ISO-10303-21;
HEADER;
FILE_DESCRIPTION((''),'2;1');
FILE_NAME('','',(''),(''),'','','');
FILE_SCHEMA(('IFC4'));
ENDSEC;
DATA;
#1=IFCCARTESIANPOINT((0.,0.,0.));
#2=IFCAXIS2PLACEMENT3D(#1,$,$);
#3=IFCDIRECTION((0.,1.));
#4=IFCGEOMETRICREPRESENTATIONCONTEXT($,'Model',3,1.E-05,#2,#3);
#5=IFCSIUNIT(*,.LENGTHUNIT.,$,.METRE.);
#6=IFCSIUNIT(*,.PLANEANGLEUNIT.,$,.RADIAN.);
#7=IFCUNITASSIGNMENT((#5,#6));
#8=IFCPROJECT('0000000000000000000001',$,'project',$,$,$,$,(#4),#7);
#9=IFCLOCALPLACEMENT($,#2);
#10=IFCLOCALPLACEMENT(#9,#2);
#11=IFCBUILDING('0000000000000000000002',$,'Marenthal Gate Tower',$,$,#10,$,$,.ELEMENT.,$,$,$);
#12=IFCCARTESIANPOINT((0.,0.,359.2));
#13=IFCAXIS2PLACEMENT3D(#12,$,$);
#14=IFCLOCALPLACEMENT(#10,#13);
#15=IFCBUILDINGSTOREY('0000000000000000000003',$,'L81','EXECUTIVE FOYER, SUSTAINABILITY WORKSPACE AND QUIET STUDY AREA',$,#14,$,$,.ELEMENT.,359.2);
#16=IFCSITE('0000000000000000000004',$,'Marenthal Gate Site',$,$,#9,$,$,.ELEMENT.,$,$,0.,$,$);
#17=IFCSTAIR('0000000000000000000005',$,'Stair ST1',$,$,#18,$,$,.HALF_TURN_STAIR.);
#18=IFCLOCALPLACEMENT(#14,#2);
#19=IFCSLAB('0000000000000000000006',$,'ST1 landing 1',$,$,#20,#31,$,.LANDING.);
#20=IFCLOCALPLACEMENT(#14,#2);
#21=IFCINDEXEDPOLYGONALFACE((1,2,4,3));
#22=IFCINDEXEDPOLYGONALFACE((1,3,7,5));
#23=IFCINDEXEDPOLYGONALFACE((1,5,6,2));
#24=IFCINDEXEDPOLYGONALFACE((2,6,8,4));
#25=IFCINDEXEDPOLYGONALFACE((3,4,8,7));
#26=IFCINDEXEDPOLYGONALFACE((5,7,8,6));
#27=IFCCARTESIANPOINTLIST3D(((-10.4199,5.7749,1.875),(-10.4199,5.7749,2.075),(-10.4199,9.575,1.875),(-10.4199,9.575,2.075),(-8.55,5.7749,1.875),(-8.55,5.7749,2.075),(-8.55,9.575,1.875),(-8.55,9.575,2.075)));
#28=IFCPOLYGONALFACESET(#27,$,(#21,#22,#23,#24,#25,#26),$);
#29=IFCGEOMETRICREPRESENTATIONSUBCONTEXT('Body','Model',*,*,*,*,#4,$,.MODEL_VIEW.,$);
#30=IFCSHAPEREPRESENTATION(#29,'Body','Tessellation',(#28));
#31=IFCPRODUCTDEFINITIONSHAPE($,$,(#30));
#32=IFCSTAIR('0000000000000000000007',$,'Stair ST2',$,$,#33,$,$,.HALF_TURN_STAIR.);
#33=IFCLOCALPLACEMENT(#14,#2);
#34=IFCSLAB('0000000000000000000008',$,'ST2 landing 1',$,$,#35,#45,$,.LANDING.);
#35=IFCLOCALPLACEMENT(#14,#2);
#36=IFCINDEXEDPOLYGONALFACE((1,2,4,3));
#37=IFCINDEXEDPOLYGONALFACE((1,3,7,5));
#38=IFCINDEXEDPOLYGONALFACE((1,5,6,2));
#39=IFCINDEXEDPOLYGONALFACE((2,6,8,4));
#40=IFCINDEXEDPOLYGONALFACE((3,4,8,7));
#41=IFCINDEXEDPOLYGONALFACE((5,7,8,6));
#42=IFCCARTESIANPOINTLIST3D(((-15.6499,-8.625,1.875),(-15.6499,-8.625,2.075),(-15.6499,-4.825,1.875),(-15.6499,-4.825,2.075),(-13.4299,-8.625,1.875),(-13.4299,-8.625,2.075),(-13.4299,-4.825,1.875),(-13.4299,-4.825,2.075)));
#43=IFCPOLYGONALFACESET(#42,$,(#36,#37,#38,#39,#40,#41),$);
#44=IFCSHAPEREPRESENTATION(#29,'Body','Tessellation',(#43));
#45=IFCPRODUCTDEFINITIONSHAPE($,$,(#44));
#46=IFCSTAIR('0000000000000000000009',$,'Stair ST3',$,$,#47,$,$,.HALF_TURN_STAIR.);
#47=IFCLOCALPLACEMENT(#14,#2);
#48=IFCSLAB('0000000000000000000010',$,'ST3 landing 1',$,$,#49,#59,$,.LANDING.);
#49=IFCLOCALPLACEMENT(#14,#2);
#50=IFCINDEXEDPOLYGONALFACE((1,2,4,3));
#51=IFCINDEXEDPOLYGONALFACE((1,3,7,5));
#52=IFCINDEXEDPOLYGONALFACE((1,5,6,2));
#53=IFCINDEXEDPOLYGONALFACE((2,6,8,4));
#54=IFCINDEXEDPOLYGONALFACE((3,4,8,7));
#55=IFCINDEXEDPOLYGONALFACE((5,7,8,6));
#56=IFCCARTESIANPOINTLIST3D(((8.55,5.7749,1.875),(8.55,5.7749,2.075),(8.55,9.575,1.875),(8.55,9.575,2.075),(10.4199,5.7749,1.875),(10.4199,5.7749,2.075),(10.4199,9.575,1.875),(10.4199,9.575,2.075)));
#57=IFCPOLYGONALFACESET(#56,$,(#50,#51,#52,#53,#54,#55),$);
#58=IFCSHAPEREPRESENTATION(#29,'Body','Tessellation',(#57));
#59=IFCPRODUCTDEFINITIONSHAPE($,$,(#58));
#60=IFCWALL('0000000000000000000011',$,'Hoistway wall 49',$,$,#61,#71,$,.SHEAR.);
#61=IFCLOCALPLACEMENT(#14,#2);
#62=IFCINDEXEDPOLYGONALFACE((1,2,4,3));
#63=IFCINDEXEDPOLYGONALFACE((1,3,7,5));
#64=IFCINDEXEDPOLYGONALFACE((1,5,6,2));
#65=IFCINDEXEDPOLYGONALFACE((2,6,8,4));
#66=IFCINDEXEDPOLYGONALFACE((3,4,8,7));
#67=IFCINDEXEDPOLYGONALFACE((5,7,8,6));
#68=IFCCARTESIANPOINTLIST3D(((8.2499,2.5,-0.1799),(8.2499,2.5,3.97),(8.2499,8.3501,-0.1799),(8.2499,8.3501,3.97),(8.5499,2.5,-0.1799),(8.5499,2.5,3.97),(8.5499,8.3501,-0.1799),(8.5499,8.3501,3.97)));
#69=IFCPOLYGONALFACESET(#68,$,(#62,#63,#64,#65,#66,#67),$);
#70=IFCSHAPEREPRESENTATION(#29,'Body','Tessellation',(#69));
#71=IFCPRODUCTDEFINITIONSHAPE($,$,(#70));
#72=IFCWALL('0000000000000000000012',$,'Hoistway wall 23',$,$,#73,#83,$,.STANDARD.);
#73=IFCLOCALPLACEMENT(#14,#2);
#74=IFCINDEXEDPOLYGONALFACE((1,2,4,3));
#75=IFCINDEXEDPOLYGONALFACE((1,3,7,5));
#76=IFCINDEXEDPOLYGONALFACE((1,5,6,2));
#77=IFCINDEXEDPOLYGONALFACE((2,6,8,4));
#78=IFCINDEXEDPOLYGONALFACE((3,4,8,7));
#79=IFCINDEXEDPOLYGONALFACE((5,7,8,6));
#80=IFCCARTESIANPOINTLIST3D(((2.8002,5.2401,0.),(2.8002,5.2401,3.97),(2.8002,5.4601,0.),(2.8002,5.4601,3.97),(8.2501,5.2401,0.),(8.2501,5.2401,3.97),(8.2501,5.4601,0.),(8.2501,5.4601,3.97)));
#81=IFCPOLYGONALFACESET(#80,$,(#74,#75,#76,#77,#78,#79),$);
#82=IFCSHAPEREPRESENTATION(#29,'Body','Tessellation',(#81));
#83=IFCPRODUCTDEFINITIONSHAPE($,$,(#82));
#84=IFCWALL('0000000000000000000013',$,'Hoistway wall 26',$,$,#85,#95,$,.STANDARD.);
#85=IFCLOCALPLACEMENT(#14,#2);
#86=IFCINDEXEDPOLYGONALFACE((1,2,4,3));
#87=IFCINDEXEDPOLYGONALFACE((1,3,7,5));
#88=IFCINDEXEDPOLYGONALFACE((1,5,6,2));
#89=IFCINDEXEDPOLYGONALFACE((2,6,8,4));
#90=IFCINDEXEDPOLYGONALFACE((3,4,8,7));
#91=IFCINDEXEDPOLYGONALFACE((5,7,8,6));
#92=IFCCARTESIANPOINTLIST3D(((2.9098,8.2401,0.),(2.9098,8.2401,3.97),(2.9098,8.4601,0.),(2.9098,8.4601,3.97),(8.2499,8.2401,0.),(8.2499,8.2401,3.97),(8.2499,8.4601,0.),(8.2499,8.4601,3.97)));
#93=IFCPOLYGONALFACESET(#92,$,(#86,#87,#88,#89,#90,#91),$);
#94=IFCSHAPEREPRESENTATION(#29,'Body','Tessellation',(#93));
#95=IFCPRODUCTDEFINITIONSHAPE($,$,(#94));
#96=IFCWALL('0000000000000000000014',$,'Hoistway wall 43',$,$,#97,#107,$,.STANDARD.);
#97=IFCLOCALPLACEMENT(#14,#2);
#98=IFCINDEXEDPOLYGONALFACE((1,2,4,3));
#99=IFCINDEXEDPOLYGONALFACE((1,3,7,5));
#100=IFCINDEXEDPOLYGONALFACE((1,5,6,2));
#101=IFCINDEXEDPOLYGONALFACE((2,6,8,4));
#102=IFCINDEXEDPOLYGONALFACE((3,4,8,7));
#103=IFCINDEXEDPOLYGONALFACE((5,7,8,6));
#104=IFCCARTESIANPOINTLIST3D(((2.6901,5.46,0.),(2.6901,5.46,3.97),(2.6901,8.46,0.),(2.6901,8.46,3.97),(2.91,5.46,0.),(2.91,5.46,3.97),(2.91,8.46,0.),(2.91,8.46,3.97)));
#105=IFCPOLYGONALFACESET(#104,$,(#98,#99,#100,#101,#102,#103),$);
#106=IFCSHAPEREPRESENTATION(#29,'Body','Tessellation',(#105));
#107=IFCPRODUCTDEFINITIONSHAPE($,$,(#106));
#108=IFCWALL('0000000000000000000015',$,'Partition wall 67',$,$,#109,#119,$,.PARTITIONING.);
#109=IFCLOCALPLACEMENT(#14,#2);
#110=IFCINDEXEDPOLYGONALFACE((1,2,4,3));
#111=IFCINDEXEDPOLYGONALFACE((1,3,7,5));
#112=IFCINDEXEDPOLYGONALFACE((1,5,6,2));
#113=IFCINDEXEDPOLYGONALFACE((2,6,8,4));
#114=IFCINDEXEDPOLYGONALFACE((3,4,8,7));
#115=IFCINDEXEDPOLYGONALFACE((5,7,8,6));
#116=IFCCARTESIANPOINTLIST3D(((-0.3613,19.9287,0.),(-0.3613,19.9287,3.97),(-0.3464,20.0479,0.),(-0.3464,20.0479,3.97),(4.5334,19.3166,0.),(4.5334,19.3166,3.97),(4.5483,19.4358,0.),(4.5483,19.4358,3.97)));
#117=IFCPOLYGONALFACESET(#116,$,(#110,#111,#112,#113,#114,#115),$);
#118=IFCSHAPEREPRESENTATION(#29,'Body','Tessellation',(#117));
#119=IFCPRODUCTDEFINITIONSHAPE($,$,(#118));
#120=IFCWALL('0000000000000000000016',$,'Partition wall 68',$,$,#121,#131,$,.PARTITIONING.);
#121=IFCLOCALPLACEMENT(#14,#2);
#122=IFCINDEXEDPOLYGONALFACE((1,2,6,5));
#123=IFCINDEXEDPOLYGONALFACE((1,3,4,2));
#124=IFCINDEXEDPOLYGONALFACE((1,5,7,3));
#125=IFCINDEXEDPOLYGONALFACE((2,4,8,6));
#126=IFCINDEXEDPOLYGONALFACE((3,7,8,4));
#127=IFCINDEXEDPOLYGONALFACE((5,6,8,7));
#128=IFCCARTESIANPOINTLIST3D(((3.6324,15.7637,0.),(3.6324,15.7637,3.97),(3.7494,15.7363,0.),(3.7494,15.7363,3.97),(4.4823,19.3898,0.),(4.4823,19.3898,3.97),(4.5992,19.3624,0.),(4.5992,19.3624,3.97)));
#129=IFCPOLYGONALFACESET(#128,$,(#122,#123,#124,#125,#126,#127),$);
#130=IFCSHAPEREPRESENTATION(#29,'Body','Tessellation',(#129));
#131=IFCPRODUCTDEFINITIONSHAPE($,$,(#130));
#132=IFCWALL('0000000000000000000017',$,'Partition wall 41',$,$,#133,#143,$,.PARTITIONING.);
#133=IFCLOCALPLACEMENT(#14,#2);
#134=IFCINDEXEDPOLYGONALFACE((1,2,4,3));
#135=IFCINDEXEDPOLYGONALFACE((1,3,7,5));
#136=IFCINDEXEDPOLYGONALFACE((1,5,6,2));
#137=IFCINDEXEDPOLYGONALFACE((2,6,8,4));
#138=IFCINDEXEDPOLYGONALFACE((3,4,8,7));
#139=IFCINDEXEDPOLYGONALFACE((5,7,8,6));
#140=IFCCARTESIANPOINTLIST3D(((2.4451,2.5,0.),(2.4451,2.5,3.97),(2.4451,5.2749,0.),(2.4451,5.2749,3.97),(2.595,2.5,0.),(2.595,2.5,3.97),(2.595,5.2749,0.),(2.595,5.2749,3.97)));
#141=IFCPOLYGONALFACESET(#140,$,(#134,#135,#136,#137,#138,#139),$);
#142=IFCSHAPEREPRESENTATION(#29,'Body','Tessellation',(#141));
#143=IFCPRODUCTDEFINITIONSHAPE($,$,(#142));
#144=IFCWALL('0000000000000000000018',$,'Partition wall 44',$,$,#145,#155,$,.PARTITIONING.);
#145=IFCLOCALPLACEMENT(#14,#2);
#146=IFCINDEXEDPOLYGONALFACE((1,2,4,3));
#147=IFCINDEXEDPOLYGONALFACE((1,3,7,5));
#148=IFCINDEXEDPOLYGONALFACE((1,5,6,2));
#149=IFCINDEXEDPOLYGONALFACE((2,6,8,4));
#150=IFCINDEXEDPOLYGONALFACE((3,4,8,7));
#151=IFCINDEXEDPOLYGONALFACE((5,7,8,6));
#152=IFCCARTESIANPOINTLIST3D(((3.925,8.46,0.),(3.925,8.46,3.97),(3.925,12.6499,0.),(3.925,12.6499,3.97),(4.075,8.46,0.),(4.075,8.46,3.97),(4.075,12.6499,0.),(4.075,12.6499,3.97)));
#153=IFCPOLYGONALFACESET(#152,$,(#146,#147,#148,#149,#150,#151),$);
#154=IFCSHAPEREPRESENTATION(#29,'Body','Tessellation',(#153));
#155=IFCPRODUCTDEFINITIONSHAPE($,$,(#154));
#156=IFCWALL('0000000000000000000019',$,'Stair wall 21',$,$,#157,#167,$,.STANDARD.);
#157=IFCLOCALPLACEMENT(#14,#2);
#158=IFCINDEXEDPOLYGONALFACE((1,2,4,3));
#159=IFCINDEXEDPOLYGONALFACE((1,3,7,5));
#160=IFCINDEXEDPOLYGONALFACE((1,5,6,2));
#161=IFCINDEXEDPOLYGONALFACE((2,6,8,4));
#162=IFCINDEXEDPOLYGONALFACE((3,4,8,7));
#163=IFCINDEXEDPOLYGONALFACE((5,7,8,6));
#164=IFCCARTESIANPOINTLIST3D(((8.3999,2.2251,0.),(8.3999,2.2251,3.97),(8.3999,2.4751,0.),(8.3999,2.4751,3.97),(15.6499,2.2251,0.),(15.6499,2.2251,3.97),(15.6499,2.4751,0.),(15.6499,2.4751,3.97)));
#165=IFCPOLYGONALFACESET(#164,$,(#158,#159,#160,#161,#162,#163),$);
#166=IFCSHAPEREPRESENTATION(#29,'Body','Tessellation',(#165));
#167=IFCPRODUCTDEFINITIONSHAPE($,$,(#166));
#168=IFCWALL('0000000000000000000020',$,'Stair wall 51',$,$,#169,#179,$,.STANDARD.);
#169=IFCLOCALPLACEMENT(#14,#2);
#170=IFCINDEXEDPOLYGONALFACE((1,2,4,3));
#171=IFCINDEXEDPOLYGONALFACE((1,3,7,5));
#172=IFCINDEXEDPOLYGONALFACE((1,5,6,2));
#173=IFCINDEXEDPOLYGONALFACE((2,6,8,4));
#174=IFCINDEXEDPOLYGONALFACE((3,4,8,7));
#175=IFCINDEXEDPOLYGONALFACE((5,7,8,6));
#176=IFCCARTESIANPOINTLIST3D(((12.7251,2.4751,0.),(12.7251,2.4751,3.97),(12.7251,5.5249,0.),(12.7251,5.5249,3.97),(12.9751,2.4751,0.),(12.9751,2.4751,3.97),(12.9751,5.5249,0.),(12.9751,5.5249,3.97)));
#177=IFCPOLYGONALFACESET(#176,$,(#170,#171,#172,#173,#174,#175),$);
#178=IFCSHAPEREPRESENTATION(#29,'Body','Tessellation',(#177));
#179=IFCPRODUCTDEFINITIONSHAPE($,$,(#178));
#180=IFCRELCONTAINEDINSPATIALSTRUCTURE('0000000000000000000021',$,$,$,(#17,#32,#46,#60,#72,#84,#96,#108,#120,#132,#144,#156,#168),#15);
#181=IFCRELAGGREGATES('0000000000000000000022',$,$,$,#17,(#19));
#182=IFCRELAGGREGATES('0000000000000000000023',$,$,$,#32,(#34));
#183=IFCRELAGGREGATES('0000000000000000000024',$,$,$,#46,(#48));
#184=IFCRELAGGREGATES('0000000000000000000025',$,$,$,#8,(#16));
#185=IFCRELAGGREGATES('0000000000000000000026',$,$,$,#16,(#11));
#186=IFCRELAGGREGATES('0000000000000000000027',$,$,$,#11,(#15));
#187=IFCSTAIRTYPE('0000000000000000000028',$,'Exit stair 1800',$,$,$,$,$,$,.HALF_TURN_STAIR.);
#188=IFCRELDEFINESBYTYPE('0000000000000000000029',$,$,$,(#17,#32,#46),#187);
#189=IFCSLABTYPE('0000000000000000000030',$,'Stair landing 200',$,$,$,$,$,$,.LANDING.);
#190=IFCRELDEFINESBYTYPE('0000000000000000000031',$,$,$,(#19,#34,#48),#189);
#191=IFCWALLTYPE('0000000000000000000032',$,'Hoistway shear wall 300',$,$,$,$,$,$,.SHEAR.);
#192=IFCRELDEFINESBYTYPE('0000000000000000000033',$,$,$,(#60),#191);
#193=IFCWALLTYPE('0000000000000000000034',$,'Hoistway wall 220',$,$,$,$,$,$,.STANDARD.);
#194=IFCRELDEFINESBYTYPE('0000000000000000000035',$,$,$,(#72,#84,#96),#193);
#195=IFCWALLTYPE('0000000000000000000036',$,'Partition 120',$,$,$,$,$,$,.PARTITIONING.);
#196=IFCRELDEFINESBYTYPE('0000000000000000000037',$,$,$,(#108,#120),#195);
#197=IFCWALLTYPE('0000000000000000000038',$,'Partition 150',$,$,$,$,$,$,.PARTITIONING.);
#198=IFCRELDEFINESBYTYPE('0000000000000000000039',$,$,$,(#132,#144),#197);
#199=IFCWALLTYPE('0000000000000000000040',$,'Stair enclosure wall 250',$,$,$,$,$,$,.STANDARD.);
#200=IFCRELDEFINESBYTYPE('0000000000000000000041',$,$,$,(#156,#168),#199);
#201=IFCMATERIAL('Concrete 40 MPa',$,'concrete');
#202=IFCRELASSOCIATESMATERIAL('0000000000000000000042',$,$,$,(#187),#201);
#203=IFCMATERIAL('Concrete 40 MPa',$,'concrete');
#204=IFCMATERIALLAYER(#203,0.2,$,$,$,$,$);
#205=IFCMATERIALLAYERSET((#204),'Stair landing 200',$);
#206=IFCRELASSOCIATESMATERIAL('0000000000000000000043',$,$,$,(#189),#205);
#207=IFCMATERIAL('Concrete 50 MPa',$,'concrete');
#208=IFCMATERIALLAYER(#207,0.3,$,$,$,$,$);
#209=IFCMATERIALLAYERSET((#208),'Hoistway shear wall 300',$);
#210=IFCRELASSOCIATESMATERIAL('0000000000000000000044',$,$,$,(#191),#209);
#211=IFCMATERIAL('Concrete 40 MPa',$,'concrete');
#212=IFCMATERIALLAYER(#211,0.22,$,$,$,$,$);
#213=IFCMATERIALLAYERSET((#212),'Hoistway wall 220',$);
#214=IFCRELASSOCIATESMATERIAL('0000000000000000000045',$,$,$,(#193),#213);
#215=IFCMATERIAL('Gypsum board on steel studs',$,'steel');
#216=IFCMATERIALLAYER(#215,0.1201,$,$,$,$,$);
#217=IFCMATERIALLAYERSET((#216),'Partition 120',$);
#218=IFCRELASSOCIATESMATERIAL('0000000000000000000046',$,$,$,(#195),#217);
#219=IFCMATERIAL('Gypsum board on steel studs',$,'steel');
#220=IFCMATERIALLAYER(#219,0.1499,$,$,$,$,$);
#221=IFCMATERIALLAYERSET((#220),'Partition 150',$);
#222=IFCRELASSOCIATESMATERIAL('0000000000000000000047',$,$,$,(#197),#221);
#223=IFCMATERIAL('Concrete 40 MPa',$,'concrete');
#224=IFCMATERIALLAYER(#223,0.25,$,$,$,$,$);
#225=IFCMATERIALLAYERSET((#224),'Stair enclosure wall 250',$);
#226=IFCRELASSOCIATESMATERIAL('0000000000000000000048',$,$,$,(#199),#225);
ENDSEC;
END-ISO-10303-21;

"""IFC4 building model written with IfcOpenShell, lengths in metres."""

from ifc_helpers import new_model, si_unit, direction, frame, frame_2d, origin, place, context, subcontext, project, spatial, polyline, rectangle, outline, extrude, material, layer, layer_set, type_object, element, aggregate, save


model = new_model("IFC4")

# Units and contexts
model_context = context("Model", 3, precision=1e-05, world=origin(), true_north=direction((0.0, 1.0)))
body_context = subcontext(model_context, "Body", "Model", "MODEL_VIEW")
ifc_project = project(units=[si_unit("LENGTHUNIT", "METRE"), si_unit("PLANEANGLEUNIT", "RADIAN")], contexts=[model_context])

# Site, building, storey
site_placement = place(None, origin())
site = spatial("IfcSite", under=ifc_project, at=site_placement, Name="Marenthal Gate Site", CompositionType="ELEMENT", RefElevation=0.0)
building_placement = place(site_placement, origin())
building = spatial("IfcBuilding", under=site, at=building_placement, Name="Marenthal Gate Tower", CompositionType="ELEMENT")
storey_placement = place(building_placement, frame((0.0, 0.0, 359.2)))
storey = spatial("IfcBuildingStorey", under=building, at=storey_placement, Name="L81", Description="EXECUTIVE FOYER, SUSTAINABILITY WORKSPACE AND QUIET STUDY AREA", CompositionType="ELEMENT", Elevation=359.2)

# Stairs, slabs
ifc_material_1 = material(Name="Concrete 40 MPa", Category="concrete")
stair_type = type_object("IfcStairType", Name="Exit stair 1800", PredefinedType="HALF_TURN_STAIR", material=ifc_material_1)
stair_1_placement = place(storey_placement, origin())
stair_1 = element("IfcStair", 1, at=stair_1_placement, inside=storey, type_object=stair_type, Name="Stair ST1", PredefinedType="HALF_TURN_STAIR")
ifc_material_2 = material(Name="Concrete 40 MPa", Category="concrete")
ifc_layer_1 = layer(ifc_material_2, 0.2)
ifc_layer_set_1 = layer_set([ifc_layer_1], Name="Stair landing 200")
slab_type_1 = type_object("IfcSlabType", Name="Stair landing 200", PredefinedType="LANDING", material=ifc_layer_set_1)
slab_1_placement = place(storey_placement, frame((0.0, 0.0, 1.875)))
slab_1 = element("IfcSlab", 2, at=slab_1_placement, type_object=slab_type_1, Name="ST1 landing 1", PredefinedType="LANDING", context=body_context, shape_type="SweptSolid", body=[
    extrude(outline(polyline([(-10.4199, 5.7749), (-8.55, 5.7749), (-8.55, 9.575), (-10.4199, 9.575), (-10.4199, 5.7749)])), origin(), (0.0, 0.0, 1.0), 0.2),
])
aggregate(stair_1, [slab_1])
stair_2_placement = place(storey_placement, origin())
stair_2 = element("IfcStair", 3, at=stair_2_placement, inside=storey, type_object=stair_type, Name="Stair ST2", PredefinedType="HALF_TURN_STAIR")
slab_2_placement = place(storey_placement, frame((0.0, 0.0, 1.875)))
slab_2 = element("IfcSlab", 4, at=slab_2_placement, type_object=slab_type_1, Name="ST2 landing 1", PredefinedType="LANDING", context=body_context, shape_type="SweptSolid", body=[
    extrude(outline(polyline([(-15.6499, -8.625), (-13.4299, -8.625), (-13.4299, -4.825), (-15.6499, -4.825), (-15.6499, -8.625)])), origin(), (0.0, 0.0, 1.0), 0.2),
])
aggregate(stair_2, [slab_2])
stair_3_placement = place(storey_placement, origin())
stair_3 = element("IfcStair", 5, at=stair_3_placement, inside=storey, type_object=stair_type, Name="Stair ST3", PredefinedType="HALF_TURN_STAIR")
slab_3_placement = place(storey_placement, frame((0.0, 0.0, 1.875)))
slab_3 = element("IfcSlab", 6, at=slab_3_placement, type_object=slab_type_1, Name="ST3 landing 1", PredefinedType="LANDING", context=body_context, shape_type="SweptSolid", body=[
    extrude(outline(polyline([(8.55, 5.7749), (10.4199, 5.7749), (10.4199, 9.575), (8.55, 9.575), (8.55, 5.7749)])), origin(), (0.0, 0.0, 1.0), 0.2),
])

# Walls
ifc_material_3 = material(Name="Concrete 50 MPa", Category="concrete")
ifc_layer_2 = layer(ifc_material_3, 0.3)
ifc_layer_set_2 = layer_set([ifc_layer_2], Name="Hoistway shear wall 300")
wall_type_1 = type_object("IfcWallType", Name="Hoistway shear wall 300", PredefinedType="SHEAR", material=ifc_layer_set_2)
wall_1_placement = place(storey_placement, frame((8.3999, 2.5, -0.1799), z_axis=(0.0, 0.0, 1.0), x_axis=(0.0, 1.0, 0.0)))
element("IfcWall", 7, at=wall_1_placement, inside=storey, type_object=wall_type_1, Name="Hoistway wall 49", PredefinedType="SHEAR", context=body_context, shape_type="SweptSolid", body=[
    extrude(rectangle(XDim=5.8501, YDim=0.3, at=frame_2d((2.925, 0.0))), origin(), (0.0, 0.0, 1.0), 4.1499),
])
ifc_material_4 = material(Name="Concrete 40 MPa", Category="concrete")
ifc_layer_3 = layer(ifc_material_4, 0.22)
ifc_layer_set_3 = layer_set([ifc_layer_3], Name="Hoistway wall 220")
wall_type_2 = type_object("IfcWallType", Name="Hoistway wall 220", PredefinedType="STANDARD", material=ifc_layer_set_3)
wall_2_placement = place(storey_placement, frame((2.8, 5.3501, 0.0), z_axis=(0.0, 0.0, 1.0), x_axis=(1.0, 0.0, 0.0)))
element("IfcWall", 8, at=wall_2_placement, inside=storey, type_object=wall_type_2, Name="Hoistway wall 23", PredefinedType="STANDARD", context=body_context, shape_type="SweptSolid", body=[
    extrude(rectangle(XDim=5.45, YDim=0.22, at=frame_2d((2.7251, 0.0))), origin(), (0.0, 0.0, 1.0), 3.97),
])
wall_3_placement = place(storey_placement, frame((2.9099, 8.3501, 0.0), z_axis=(0.0, 0.0, 1.0), x_axis=(1.0, 0.0, 0.0)))
element("IfcWall", 9, at=wall_3_placement, inside=storey, type_object=wall_type_2, Name="Hoistway wall 26", PredefinedType="STANDARD", context=body_context, shape_type="SweptSolid", body=[
    extrude(rectangle(XDim=5.3401, YDim=0.22, at=frame_2d((2.6699, 0.0))), origin(), (0.0, 0.0, 1.0), 3.97),
])
wall_4_placement = place(storey_placement, frame((2.8, 5.46, 0.0), z_axis=(0.0, 0.0, 1.0), x_axis=(0.0, 1.0, 0.0)))
element("IfcWall", 10, at=wall_4_placement, inside=storey, type_object=wall_type_2, Name="Hoistway wall 43", PredefinedType="STANDARD", context=body_context, shape_type="SweptSolid", body=[
    extrude(rectangle(XDim=3.0, YDim=0.22, at=frame_2d((1.5, 0.0))), origin(), (0.0, 0.0, 1.0), 3.97),
])
ifc_material_5 = material(Name="Gypsum board on steel studs", Category="steel")
ifc_layer_4 = layer(ifc_material_5, 0.1201)
ifc_layer_set_4 = layer_set([ifc_layer_4], Name="Partition 120")
wall_type_3 = type_object("IfcWallType", Name="Partition 120", PredefinedType="PARTITIONING", material=ifc_layer_set_4)
wall_5_placement = place(storey_placement, frame((4.5408, 19.3762, 0.0), z_axis=(0.0, 0.0, 1.0), x_axis=(-0.992273, 0.124077, 0.0)))
element("IfcWall", 11, at=wall_5_placement, inside=storey, type_object=wall_type_3, Name="Partition wall 67", PredefinedType="PARTITIONING", context=body_context, shape_type="SweptSolid", body=[
    extrude(rectangle(XDim=4.9329, YDim=0.1201, at=frame_2d((2.4663, 0.0))), origin(), (0.0, 0.0, 1.0), 3.97),
])
wall_6_placement = place(storey_placement, frame((4.5408, 19.3762, 0.0), z_axis=(0.0, 0.0, 1.0), x_axis=(-0.228181, -0.973619, 0.0)))
element("IfcWall", 12, at=wall_6_placement, inside=storey, type_object=wall_type_3, Name="Partition wall 68", PredefinedType="PARTITIONING", context=body_context, shape_type="SweptSolid", body=[
    extrude(rectangle(XDim=3.7244, YDim=0.1201, at=frame_2d((1.8623, 0.0))), origin(), (0.0, 0.0, 1.0), 3.97),
])
ifc_material_6 = material(Name="Gypsum board on steel studs", Category="steel")
ifc_layer_5 = layer(ifc_material_6, 0.1499)
ifc_layer_set_5 = layer_set([ifc_layer_5], Name="Partition 150")
wall_type_4 = type_object("IfcWallType", Name="Partition 150", PredefinedType="PARTITIONING", material=ifc_layer_set_5)
wall_7_placement = place(storey_placement, frame((2.52, 2.5, 0.0), z_axis=(0.0, 0.0, 1.0), x_axis=(0.0, 1.0, 0.0)))
element("IfcWall", 13, at=wall_7_placement, inside=storey, type_object=wall_type_4, Name="Partition wall 41", PredefinedType="PARTITIONING", context=body_context, shape_type="SweptSolid", body=[
    extrude(rectangle(XDim=2.7749, YDim=0.1499, at=frame_2d((1.3875, 0.0))), origin(), (0.0, 0.0, 1.0), 3.97),
])
wall_8_placement = place(storey_placement, frame((4.0, 8.46, 0.0), z_axis=(0.0, 0.0, 1.0), x_axis=(0.0, 1.0, 0.0)))
element("IfcWall", 14, at=wall_8_placement, inside=storey, type_object=wall_type_4, Name="Partition wall 44", PredefinedType="PARTITIONING", context=body_context, shape_type="SweptSolid", body=[
    extrude(rectangle(XDim=4.1899, YDim=0.1499, at=frame_2d((2.095, 0.0))), origin(), (0.0, 0.0, 1.0), 3.97),
])
ifc_material_7 = material(Name="Concrete 40 MPa", Category="concrete")
ifc_layer_6 = layer(ifc_material_7, 0.25)
ifc_layer_set_6 = layer_set([ifc_layer_6], Name="Stair enclosure wall 250")
wall_type_5 = type_object("IfcWallType", Name="Stair enclosure wall 250", PredefinedType="STANDARD", material=ifc_layer_set_6)
wall_9_placement = place(storey_placement, frame((8.3999, 2.3501, 0.0), z_axis=(0.0, 0.0, 1.0), x_axis=(1.0, 0.0, 0.0)))
element("IfcWall", 15, at=wall_9_placement, inside=storey, type_object=wall_type_5, Name="Stair wall 21", PredefinedType="STANDARD", context=body_context, shape_type="SweptSolid", body=[
    extrude(rectangle(XDim=7.25, YDim=0.25, at=frame_2d((3.625, 0.0))), origin(), (0.0, 0.0, 1.0), 3.97),
])
wall_10_placement = place(storey_placement, frame((12.8501, 2.4751, 0.0), z_axis=(0.0, 0.0, 1.0), x_axis=(0.0, 1.0, 0.0)))
element("IfcWall", 16, at=wall_10_placement, inside=storey, type_object=wall_type_5, Name="Stair wall 51", PredefinedType="STANDARD", context=body_context, shape_type="SweptSolid", body=[
    extrude(rectangle(XDim=3.0498, YDim=0.25, at=frame_2d((1.5249, 0.0))), origin(), (0.0, 0.0, 1.0), 3.97),
])

aggregate(stair_3, [slab_3])

save(model, "model.ifc")
